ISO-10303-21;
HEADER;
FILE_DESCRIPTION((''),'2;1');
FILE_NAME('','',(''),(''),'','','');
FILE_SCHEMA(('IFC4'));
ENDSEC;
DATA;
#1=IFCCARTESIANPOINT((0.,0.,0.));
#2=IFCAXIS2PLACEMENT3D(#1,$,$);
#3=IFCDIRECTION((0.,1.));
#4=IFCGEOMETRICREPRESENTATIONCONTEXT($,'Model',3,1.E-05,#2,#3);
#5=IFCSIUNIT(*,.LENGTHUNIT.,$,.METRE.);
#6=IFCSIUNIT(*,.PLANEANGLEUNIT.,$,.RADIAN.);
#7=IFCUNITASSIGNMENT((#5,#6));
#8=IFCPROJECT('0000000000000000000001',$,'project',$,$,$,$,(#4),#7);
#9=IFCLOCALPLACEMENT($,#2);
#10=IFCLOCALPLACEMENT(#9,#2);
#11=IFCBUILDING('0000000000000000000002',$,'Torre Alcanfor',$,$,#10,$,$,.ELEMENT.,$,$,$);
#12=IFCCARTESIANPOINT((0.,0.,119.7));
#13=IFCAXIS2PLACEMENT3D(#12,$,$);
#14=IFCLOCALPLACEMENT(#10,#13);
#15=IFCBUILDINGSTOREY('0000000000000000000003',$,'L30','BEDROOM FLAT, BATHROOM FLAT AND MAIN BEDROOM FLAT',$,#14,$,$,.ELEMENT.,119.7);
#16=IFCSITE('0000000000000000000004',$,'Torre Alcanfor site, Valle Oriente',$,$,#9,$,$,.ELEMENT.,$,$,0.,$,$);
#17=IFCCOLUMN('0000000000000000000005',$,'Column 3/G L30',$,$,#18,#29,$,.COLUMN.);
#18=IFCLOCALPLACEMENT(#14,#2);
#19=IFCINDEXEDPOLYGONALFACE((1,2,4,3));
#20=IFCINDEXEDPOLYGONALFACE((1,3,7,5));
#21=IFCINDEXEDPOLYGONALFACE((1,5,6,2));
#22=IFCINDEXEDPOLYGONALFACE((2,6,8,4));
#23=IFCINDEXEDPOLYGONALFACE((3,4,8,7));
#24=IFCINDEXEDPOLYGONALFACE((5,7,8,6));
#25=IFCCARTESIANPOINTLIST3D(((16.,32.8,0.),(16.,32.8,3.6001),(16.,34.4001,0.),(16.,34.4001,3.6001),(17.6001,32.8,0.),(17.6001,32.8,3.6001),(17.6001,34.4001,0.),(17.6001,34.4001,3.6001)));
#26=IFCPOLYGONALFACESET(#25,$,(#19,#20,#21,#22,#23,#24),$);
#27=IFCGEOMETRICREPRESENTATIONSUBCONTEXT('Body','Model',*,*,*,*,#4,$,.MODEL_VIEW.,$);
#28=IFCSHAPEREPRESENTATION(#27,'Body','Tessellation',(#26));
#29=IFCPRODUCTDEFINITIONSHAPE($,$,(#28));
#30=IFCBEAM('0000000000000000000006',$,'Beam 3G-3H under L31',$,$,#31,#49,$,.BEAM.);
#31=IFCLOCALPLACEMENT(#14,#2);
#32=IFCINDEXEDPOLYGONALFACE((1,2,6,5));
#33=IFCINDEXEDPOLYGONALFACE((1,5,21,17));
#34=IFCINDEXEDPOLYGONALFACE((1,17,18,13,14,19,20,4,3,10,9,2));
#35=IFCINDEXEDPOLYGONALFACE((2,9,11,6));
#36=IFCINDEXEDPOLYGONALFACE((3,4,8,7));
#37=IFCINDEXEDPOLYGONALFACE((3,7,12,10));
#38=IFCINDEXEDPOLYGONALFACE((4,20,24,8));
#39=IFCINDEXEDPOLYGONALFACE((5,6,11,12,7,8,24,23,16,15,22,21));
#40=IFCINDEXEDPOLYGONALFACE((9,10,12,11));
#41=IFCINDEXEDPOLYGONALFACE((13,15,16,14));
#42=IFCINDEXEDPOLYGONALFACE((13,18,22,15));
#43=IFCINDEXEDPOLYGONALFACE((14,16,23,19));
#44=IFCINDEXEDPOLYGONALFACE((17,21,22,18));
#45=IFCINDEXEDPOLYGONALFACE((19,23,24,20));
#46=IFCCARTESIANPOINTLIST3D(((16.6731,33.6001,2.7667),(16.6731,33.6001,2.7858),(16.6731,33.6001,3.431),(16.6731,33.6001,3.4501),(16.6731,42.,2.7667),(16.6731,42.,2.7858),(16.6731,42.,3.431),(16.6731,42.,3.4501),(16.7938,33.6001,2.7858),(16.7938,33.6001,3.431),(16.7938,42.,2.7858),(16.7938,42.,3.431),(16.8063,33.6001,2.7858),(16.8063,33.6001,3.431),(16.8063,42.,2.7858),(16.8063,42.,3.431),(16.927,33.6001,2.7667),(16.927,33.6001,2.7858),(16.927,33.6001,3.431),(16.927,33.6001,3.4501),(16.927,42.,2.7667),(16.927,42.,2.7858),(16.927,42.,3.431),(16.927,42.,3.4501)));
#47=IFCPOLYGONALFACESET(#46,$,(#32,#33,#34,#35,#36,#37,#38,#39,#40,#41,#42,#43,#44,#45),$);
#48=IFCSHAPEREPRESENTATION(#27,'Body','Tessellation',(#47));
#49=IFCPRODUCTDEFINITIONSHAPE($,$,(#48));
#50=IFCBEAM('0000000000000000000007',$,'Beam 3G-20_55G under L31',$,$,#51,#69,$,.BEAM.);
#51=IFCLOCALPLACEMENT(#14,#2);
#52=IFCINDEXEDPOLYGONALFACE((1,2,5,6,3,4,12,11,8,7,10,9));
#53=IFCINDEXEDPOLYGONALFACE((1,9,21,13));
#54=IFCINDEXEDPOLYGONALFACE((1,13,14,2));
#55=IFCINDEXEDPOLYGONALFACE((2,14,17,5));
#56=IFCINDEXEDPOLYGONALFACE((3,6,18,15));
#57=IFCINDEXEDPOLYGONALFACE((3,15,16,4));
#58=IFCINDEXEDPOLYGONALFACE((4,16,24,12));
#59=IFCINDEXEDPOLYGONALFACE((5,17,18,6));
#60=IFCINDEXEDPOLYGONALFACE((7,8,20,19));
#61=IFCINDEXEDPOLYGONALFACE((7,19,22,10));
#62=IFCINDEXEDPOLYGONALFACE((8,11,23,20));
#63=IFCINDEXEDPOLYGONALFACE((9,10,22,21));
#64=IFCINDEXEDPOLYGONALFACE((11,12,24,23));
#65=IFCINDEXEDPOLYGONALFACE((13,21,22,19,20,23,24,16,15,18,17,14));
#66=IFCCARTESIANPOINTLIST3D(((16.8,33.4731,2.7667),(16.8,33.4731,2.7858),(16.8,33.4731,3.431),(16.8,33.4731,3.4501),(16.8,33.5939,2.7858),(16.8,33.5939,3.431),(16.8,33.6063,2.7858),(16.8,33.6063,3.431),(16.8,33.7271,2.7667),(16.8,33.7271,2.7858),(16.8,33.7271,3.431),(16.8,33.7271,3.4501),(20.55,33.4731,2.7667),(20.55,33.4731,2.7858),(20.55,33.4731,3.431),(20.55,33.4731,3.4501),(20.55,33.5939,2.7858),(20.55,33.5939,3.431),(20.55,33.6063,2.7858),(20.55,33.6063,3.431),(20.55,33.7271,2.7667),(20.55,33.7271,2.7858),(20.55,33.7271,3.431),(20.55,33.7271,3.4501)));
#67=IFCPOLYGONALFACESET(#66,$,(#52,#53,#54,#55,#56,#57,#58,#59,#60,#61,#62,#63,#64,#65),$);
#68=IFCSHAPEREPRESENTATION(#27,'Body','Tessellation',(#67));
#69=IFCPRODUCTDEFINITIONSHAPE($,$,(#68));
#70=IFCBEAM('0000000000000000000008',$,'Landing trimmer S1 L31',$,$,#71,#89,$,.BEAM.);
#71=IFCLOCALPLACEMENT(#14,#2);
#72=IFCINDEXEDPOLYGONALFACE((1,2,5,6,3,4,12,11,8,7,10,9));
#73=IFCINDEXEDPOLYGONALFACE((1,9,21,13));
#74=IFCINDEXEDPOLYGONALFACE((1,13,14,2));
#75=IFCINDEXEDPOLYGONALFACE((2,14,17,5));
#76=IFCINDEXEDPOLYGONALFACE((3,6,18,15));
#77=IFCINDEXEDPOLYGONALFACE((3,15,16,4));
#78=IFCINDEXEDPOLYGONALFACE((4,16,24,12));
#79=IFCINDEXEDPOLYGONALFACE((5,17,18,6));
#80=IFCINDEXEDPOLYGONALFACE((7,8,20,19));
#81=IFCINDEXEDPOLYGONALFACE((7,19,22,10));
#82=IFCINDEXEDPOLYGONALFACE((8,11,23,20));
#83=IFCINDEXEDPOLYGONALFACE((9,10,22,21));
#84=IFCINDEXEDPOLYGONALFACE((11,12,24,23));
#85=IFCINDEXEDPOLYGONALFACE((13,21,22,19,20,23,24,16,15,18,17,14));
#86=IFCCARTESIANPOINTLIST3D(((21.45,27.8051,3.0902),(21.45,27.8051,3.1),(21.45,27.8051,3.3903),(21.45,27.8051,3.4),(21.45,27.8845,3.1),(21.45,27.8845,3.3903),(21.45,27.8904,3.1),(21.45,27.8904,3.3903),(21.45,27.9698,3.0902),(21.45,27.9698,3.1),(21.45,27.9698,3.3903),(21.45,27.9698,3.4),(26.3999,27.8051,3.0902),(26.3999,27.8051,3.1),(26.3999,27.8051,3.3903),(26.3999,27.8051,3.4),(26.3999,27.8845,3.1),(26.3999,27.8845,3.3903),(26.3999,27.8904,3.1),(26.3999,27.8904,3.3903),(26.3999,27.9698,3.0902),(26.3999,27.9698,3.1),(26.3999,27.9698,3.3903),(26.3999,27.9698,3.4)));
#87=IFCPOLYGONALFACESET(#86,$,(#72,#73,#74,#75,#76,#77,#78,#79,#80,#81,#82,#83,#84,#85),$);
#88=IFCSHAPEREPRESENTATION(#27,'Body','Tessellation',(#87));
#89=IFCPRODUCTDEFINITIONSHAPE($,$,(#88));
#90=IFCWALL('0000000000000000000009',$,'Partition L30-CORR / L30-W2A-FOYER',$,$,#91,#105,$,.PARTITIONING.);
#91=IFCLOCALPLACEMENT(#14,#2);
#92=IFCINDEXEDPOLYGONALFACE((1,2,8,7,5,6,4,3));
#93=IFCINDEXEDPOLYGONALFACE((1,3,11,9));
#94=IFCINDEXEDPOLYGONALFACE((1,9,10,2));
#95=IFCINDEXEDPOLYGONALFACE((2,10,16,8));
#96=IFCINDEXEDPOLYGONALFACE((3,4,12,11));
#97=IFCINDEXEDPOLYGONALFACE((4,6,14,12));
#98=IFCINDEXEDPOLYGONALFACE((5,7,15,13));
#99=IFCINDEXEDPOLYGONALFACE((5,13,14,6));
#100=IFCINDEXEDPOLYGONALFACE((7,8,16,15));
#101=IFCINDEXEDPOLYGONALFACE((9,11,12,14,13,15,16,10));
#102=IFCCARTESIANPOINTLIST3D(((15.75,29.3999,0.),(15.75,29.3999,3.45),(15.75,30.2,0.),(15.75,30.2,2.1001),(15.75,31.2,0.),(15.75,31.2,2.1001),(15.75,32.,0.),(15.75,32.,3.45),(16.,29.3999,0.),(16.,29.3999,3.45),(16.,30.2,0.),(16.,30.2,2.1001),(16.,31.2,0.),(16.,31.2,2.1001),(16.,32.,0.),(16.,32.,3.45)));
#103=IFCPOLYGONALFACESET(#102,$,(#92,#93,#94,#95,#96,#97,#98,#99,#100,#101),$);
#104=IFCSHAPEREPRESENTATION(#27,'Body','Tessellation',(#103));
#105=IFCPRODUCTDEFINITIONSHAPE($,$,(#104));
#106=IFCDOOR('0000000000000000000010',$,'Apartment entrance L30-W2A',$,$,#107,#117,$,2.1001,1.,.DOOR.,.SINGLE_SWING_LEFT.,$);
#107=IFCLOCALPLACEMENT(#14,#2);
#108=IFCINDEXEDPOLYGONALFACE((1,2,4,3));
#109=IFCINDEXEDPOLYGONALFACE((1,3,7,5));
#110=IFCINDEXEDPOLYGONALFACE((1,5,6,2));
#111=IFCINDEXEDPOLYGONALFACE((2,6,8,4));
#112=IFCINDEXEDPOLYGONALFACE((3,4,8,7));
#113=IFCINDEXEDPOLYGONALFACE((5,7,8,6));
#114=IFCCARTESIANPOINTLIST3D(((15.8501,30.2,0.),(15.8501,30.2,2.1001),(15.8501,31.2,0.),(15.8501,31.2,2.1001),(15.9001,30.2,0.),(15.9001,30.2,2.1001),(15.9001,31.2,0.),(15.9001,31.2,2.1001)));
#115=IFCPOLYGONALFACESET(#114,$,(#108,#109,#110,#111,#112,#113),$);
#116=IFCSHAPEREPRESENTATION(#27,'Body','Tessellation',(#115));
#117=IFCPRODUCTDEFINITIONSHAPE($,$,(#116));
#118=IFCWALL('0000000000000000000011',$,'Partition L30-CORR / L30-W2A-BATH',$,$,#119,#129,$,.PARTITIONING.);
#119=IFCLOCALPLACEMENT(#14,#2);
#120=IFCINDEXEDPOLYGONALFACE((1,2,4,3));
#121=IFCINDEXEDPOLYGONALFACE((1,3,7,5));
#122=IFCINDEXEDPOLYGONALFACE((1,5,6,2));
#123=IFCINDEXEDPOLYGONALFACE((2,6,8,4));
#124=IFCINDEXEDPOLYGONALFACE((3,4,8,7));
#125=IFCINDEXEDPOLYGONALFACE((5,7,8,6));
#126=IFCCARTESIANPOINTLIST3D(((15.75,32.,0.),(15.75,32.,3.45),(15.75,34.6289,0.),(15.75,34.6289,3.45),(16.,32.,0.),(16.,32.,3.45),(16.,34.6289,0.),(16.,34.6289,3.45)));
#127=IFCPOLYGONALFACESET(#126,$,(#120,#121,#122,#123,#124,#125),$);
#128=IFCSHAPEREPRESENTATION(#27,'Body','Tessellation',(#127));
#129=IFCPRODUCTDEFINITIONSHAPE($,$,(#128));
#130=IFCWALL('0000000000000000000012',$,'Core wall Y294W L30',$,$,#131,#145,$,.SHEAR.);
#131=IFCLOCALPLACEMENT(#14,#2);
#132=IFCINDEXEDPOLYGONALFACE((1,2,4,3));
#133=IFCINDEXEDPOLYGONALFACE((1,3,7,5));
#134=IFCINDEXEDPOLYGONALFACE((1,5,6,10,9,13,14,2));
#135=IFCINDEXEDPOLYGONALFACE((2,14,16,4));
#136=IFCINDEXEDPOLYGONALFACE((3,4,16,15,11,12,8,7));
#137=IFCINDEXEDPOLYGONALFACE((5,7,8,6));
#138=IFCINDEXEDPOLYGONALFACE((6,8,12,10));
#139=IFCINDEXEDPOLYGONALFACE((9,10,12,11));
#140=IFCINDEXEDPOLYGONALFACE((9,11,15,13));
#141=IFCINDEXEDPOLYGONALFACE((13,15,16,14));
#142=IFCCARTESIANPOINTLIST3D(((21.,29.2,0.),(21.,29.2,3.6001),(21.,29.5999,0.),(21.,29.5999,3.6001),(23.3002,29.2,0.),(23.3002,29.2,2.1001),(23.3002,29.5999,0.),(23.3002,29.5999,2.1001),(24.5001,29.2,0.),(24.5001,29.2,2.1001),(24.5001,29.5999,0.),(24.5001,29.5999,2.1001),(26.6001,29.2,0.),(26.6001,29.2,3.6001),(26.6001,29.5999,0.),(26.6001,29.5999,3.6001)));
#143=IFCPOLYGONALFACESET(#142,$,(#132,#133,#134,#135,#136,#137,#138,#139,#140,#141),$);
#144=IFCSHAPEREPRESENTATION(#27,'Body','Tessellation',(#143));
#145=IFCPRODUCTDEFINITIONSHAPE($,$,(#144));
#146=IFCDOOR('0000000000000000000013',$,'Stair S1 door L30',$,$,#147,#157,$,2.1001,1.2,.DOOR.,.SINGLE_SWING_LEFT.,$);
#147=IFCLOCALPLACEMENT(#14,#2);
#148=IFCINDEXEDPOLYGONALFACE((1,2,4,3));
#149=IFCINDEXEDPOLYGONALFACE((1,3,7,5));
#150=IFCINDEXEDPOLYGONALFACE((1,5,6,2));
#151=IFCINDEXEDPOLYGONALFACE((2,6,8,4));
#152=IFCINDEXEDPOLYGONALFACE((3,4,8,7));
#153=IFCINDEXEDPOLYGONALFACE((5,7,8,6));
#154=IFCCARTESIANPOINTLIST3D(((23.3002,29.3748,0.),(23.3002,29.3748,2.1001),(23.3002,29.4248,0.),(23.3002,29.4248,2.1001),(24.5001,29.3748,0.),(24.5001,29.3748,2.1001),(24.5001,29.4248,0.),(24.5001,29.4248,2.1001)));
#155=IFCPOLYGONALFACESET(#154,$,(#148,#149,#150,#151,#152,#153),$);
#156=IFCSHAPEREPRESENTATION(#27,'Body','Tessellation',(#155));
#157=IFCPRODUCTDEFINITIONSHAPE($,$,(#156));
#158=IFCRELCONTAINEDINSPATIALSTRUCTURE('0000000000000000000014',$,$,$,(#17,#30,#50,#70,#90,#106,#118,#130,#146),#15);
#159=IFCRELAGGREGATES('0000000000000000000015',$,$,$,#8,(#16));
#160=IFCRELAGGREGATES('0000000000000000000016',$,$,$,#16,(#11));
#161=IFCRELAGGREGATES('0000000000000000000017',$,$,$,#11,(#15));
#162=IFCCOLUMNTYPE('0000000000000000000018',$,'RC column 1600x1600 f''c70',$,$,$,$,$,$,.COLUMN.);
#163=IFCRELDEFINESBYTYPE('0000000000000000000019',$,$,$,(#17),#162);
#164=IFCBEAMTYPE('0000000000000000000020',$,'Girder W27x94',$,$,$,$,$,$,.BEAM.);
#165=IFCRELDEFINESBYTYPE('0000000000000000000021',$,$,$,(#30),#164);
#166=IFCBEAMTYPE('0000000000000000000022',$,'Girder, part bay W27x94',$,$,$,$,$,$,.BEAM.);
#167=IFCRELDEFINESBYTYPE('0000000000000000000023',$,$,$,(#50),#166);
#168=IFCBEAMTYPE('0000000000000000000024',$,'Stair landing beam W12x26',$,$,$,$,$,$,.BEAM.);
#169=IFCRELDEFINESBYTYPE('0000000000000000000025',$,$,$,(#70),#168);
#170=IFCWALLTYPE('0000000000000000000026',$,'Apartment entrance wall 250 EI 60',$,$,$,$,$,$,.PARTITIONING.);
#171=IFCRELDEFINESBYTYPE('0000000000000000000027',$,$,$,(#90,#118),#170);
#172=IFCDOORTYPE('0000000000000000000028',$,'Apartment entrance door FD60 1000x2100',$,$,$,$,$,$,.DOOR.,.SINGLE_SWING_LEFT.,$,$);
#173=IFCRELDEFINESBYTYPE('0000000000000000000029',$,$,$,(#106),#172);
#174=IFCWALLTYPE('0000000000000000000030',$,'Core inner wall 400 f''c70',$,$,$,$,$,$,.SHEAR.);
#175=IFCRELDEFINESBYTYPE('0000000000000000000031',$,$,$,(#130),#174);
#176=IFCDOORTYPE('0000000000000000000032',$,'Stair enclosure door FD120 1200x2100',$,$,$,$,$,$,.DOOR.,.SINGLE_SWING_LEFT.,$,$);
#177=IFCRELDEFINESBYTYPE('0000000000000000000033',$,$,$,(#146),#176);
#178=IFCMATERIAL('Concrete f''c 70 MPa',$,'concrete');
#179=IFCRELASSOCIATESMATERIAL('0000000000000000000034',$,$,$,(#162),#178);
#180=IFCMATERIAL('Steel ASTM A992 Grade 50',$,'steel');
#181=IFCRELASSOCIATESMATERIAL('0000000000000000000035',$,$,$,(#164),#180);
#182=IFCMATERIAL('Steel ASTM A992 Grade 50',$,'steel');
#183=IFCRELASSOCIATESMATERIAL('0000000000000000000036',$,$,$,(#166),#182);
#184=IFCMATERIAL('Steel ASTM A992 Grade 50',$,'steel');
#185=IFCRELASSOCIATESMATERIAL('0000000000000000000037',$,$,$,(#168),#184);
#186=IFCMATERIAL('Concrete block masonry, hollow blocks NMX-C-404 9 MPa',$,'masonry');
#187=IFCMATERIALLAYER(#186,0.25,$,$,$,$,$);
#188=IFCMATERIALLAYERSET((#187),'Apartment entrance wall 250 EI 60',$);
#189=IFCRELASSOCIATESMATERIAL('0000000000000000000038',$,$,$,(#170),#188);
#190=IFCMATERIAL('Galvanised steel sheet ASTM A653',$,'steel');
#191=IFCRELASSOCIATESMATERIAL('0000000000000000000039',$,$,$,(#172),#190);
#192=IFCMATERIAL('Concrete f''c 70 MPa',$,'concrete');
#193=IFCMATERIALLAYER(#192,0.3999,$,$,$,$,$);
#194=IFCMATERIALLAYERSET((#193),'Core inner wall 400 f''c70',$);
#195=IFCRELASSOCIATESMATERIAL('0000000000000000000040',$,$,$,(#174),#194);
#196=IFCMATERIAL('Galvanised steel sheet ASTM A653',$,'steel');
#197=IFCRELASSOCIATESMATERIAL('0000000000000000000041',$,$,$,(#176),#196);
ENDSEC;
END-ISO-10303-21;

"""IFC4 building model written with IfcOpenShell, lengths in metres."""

from ifc_helpers import new_model, si_unit, direction, frame, frame_2d, origin, origin_2d, place, context, subcontext, project, spatial, rectangle, i_section, extrude, material, layer, layer_set, material_profile, profile_set, type_object, element, fill, save


model = new_model("IFC4")

# Units and contexts
model_context = context("Model", 3, precision=1e-05, world=origin(), true_north=direction((0.0, 1.0)))
body_context = subcontext(model_context, "Body", "Model", "MODEL_VIEW")
ifc_project = project(units=[si_unit("LENGTHUNIT", "METRE"), si_unit("PLANEANGLEUNIT", "RADIAN")], contexts=[model_context])

# Site, building, storey
site_placement = place(None, origin())
site = spatial("IfcSite", under=ifc_project, at=site_placement, Name="Torre Alcanfor site, Valle Oriente", CompositionType="ELEMENT", RefElevation=0.0)
building_placement = place(site_placement, origin())
building = spatial("IfcBuilding", under=site, at=building_placement, Name="Torre Alcanfor", CompositionType="ELEMENT")
storey_placement = place(building_placement, frame((0.0, 0.0, 119.7)))
storey = spatial("IfcBuildingStorey", under=building, at=storey_placement, Name="L30", Description="BEDROOM FLAT, BATHROOM FLAT AND MAIN BEDROOM FLAT", CompositionType="ELEMENT", Elevation=119.7)

# Column
ifc_material_1 = material(Name="Concrete f'c 70 MPa", Category="concrete")
ifc_material_profile_1 = material_profile(ifc_material_1, rectangle(XDim=1.6001, YDim=1.6001, at=origin_2d()), Name="1600x1600")
ifc_profile_set_1 = profile_set([ifc_material_profile_1], Name="Concrete f'c 70 MPa")
column_type = type_object("IfcColumnType", Name="RC column 1600x1600 f'c70", PredefinedType="COLUMN", material=ifc_profile_set_1)
column_placement = place(storey_placement, frame((16.8, 33.6001, 0.0), z_axis=(0.0, 0.0, 1.0), x_axis=(1.0, 0.0, 0.0)))
element("IfcColumn", 1, at=column_placement, inside=storey, type_object=column_type, Name="Column 3/G L30", PredefinedType="COLUMN", context=body_context, shape_type="SweptSolid", body=[
    extrude(rectangle(XDim=1.6001, YDim=1.6001, at=origin_2d()), origin(), (0.0, 0.0, 1.0), 3.6001),
])

# Beams
ifc_material_2 = material(Name="Steel ASTM A992 Grade 50", Category="steel")
ifc_material_profile_2 = material_profile(ifc_material_2, i_section(OverallWidth=0.2539, OverallDepth=0.6833, WebThickness=0.0125, FlangeThickness=0.019, at=origin_2d()), Name="W27x94")
ifc_profile_set_2 = profile_set([ifc_material_profile_2], Name="Steel ASTM A992 Grade 50")
beam_type_1 = type_object("IfcBeamType", Name="Girder W27x94", PredefinedType="BEAM", material=ifc_profile_set_2)
beam_1_placement = place(storey_placement, frame((16.8, 33.6001, 3.1084), z_axis=(0.0, 1.0, 0.0), x_axis=(-1.0, 0.0, 0.0)))
element("IfcBeam", 2, at=beam_1_placement, inside=storey, type_object=beam_type_1, Name="Beam 3G-3H under L31", PredefinedType="BEAM", context=body_context, shape_type="SweptSolid", body=[
    extrude(i_section(OverallWidth=0.2539, OverallDepth=0.6833, WebThickness=0.0125, FlangeThickness=0.019, at=origin_2d()), origin(), (0.0, 0.0, 1.0), 8.3999),
])
ifc_material_3 = material(Name="Steel ASTM A992 Grade 50", Category="steel")
ifc_material_profile_3 = material_profile(ifc_material_3, i_section(OverallWidth=0.2539, OverallDepth=0.6833, WebThickness=0.0125, FlangeThickness=0.019, at=origin_2d()), Name="W27x94")
ifc_profile_set_3 = profile_set([ifc_material_profile_3], Name="Steel ASTM A992 Grade 50")
beam_type_2 = type_object("IfcBeamType", Name="Girder, part bay W27x94", PredefinedType="BEAM", material=ifc_profile_set_3)
beam_2_placement = place(storey_placement, frame((16.8, 33.6001, 3.1084), z_axis=(1.0, 0.0, 0.0), x_axis=(0.0, 1.0, 0.0)))
element("IfcBeam", 3, at=beam_2_placement, inside=storey, type_object=beam_type_2, Name="Beam 3G-20_55G under L31", PredefinedType="BEAM", context=body_context, shape_type="SweptSolid", body=[
    extrude(i_section(OverallWidth=0.2539, OverallDepth=0.6833, WebThickness=0.0125, FlangeThickness=0.019, at=origin_2d()), origin(), (0.0, 0.0, 1.0), 3.75),
])
ifc_material_4 = material(Name="Steel ASTM A992 Grade 50", Category="steel")
ifc_material_profile_4 = material_profile(ifc_material_4, i_section(OverallWidth=0.1648, OverallDepth=0.3098, WebThickness=0.0059, FlangeThickness=0.0098, at=origin_2d()), Name="W12x26")
ifc_profile_set_4 = profile_set([ifc_material_profile_4], Name="Steel ASTM A992 Grade 50")
beam_type_3 = type_object("IfcBeamType", Name="Stair landing beam W12x26", PredefinedType="BEAM", material=ifc_profile_set_4)
beam_3_placement = place(storey_placement, frame((21.45, 27.8875, 3.2451), z_axis=(1.0, 0.0, 0.0), x_axis=(0.0, 1.0, 0.0)))
element("IfcBeam", 4, at=beam_3_placement, inside=storey, type_object=beam_type_3, Name="Landing trimmer S1 L31", PredefinedType="BEAM", context=body_context, shape_type="SweptSolid", body=[
    extrude(i_section(OverallWidth=0.1648, OverallDepth=0.3098, WebThickness=0.0059, FlangeThickness=0.0098, at=origin_2d()), origin(), (0.0, 0.0, 1.0), 4.95),
])

# Wall, opening, door
ifc_material_5 = material(Name="Concrete block masonry, hollow blocks NMX-C-404 9 MPa", Category="masonry")
ifc_layer_1 = layer(ifc_material_5, 0.25)
ifc_layer_set_1 = layer_set([ifc_layer_1], Name="Apartment entrance wall 250 EI 60")
wall_type_1 = type_object("IfcWallType", Name="Apartment entrance wall 250 EI 60", PredefinedType="PARTITIONING", material=ifc_layer_set_1)
wall_1_placement = place(storey_placement, frame((15.875, 29.3999, 0.0), z_axis=(0.0, 0.0, 1.0), x_axis=(0.0, 1.0, 0.0)))
wall_1 = element("IfcWall", 5, at=wall_1_placement, inside=storey, type_object=wall_type_1, Name="Partition L30-CORR / L30-W2A-FOYER", PredefinedType="PARTITIONING", context=body_context, shape_type="SweptSolid", body=[
    extrude(rectangle(XDim=2.6001, YDim=0.25, at=frame_2d((1.3, 0.0))), origin(), (0.0, 0.0, 1.0), 3.45),
])
opening_1_placement = place(wall_1_placement, frame((0.8, 0.0, 0.0)))
opening_1 = element("IfcOpeningElement", 6, at=opening_1_placement, cuts=wall_1, PredefinedType="OPENING", context=body_context, shape_type="SweptSolid", body=[
    extrude(rectangle(XDim=1.0, YDim=2.1001, at=frame_2d((0.5, 1.05))), frame((0.0, 0.135, 0.0), z_axis=(0.0, -1.0, 0.0), x_axis=(1.0, 0.0, 0.0)), (0.0, 0.0, 1.0), 0.27),
])
ifc_material_6 = material(Name="Galvanised steel sheet ASTM A653", Category="steel")
door_type_1 = type_object("IfcDoorType", Name="Apartment entrance door FD60 1000x2100", OperationType="SINGLE_SWING_LEFT", PredefinedType="DOOR", material=ifc_material_6)
door_1_placement = place(opening_1_placement, origin())
door_1 = element("IfcDoor", 7, at=door_1_placement, inside=storey, type_object=door_type_1, Name="Apartment entrance L30-W2A", OperationType="SINGLE_SWING_LEFT", OverallHeight=2.1001, OverallWidth=1.0, PredefinedType="DOOR", context=body_context, shape_type="SweptSolid", body=[
    extrude(rectangle(XDim=1.0, YDim=2.1001, at=frame_2d((0.5, 1.05))), frame((0.0, 0.0249, 0.0), z_axis=(0.0, -1.0, 0.0), x_axis=(1.0, 0.0, 0.0)), (0.0, 0.0, 1.0), 0.05),
])
fill(opening_1, door_1)

# Wall
wall_2_placement = place(storey_placement, frame((15.875, 32.0, 0.0), z_axis=(0.0, 0.0, 1.0), x_axis=(0.0, 1.0, 0.0)))
element("IfcWall", 8, at=wall_2_placement, inside=storey, type_object=wall_type_1, Name="Partition L30-CORR / L30-W2A-BATH", PredefinedType="PARTITIONING", context=body_context, shape_type="SweptSolid", body=[
    extrude(rectangle(XDim=2.6289, YDim=0.25, at=frame_2d((1.3145, 0.0))), origin(), (0.0, 0.0, 1.0), 3.45),
])

# Wall, opening, door
ifc_material_7 = material(Name="Concrete f'c 70 MPa", Category="concrete")
ifc_layer_2 = layer(ifc_material_7, 0.3999)
ifc_layer_set_2 = layer_set([ifc_layer_2], Name="Core inner wall 400 f'c70")
wall_type_2 = type_object("IfcWallType", Name="Core inner wall 400 f'c70", PredefinedType="SHEAR", material=ifc_layer_set_2)
wall_3_placement = place(storey_placement, frame((21.0, 29.3999, 0.0), z_axis=(0.0, 0.0, 1.0), x_axis=(1.0, 0.0, 0.0)))
wall_3 = element("IfcWall", 9, at=wall_3_placement, inside=storey, type_object=wall_type_2, Name="Core wall Y294W L30", PredefinedType="SHEAR", context=body_context, shape_type="SweptSolid", body=[
    extrude(rectangle(XDim=5.6001, YDim=0.3999, at=frame_2d((2.8, 0.0))), origin(), (0.0, 0.0, 1.0), 3.6001),
])
opening_2_placement = place(wall_3_placement, frame((2.3, 0.0, 0.0)))
opening_2 = element("IfcOpeningElement", 10, at=opening_2_placement, cuts=wall_3, PredefinedType="OPENING", context=body_context, shape_type="SweptSolid", body=[
    extrude(rectangle(XDim=1.2, YDim=2.1001, at=frame_2d((0.6001, 1.05))), frame((0.0, 0.21, 0.0), z_axis=(0.0, -1.0, 0.0), x_axis=(1.0, 0.0, 0.0)), (0.0, 0.0, 1.0), 0.4199),
])
ifc_material_8 = material(Name="Galvanised steel sheet ASTM A653", Category="steel")
door_type_2 = type_object("IfcDoorType", Name="Stair enclosure door FD120 1200x2100", OperationType="SINGLE_SWING_LEFT", PredefinedType="DOOR", material=ifc_material_8)
door_2_placement = place(opening_2_placement, frame((1.2, 0.0, 0.0), z_axis=(0.0, 0.0, 1.0), x_axis=(-1.0, 0.0, 0.0)))
door_2 = element("IfcDoor", 11, at=door_2_placement, inside=storey, type_object=door_type_2, Name="Stair S1 door L30", OperationType="SINGLE_SWING_LEFT", OverallHeight=2.1001, OverallWidth=1.2, PredefinedType="DOOR", context=body_context, shape_type="SweptSolid", body=[
    extrude(rectangle(XDim=1.2, YDim=2.1001, at=frame_2d((0.5999, 1.05))), frame((0.0, 0.0251, 0.0), z_axis=(0.0, -1.0, 0.0), x_axis=(1.0, 0.0, 0.0)), (0.0, 0.0, 1.0), 0.05),
])
fill(opening_2, door_2)

save(model, "model.ifc")
